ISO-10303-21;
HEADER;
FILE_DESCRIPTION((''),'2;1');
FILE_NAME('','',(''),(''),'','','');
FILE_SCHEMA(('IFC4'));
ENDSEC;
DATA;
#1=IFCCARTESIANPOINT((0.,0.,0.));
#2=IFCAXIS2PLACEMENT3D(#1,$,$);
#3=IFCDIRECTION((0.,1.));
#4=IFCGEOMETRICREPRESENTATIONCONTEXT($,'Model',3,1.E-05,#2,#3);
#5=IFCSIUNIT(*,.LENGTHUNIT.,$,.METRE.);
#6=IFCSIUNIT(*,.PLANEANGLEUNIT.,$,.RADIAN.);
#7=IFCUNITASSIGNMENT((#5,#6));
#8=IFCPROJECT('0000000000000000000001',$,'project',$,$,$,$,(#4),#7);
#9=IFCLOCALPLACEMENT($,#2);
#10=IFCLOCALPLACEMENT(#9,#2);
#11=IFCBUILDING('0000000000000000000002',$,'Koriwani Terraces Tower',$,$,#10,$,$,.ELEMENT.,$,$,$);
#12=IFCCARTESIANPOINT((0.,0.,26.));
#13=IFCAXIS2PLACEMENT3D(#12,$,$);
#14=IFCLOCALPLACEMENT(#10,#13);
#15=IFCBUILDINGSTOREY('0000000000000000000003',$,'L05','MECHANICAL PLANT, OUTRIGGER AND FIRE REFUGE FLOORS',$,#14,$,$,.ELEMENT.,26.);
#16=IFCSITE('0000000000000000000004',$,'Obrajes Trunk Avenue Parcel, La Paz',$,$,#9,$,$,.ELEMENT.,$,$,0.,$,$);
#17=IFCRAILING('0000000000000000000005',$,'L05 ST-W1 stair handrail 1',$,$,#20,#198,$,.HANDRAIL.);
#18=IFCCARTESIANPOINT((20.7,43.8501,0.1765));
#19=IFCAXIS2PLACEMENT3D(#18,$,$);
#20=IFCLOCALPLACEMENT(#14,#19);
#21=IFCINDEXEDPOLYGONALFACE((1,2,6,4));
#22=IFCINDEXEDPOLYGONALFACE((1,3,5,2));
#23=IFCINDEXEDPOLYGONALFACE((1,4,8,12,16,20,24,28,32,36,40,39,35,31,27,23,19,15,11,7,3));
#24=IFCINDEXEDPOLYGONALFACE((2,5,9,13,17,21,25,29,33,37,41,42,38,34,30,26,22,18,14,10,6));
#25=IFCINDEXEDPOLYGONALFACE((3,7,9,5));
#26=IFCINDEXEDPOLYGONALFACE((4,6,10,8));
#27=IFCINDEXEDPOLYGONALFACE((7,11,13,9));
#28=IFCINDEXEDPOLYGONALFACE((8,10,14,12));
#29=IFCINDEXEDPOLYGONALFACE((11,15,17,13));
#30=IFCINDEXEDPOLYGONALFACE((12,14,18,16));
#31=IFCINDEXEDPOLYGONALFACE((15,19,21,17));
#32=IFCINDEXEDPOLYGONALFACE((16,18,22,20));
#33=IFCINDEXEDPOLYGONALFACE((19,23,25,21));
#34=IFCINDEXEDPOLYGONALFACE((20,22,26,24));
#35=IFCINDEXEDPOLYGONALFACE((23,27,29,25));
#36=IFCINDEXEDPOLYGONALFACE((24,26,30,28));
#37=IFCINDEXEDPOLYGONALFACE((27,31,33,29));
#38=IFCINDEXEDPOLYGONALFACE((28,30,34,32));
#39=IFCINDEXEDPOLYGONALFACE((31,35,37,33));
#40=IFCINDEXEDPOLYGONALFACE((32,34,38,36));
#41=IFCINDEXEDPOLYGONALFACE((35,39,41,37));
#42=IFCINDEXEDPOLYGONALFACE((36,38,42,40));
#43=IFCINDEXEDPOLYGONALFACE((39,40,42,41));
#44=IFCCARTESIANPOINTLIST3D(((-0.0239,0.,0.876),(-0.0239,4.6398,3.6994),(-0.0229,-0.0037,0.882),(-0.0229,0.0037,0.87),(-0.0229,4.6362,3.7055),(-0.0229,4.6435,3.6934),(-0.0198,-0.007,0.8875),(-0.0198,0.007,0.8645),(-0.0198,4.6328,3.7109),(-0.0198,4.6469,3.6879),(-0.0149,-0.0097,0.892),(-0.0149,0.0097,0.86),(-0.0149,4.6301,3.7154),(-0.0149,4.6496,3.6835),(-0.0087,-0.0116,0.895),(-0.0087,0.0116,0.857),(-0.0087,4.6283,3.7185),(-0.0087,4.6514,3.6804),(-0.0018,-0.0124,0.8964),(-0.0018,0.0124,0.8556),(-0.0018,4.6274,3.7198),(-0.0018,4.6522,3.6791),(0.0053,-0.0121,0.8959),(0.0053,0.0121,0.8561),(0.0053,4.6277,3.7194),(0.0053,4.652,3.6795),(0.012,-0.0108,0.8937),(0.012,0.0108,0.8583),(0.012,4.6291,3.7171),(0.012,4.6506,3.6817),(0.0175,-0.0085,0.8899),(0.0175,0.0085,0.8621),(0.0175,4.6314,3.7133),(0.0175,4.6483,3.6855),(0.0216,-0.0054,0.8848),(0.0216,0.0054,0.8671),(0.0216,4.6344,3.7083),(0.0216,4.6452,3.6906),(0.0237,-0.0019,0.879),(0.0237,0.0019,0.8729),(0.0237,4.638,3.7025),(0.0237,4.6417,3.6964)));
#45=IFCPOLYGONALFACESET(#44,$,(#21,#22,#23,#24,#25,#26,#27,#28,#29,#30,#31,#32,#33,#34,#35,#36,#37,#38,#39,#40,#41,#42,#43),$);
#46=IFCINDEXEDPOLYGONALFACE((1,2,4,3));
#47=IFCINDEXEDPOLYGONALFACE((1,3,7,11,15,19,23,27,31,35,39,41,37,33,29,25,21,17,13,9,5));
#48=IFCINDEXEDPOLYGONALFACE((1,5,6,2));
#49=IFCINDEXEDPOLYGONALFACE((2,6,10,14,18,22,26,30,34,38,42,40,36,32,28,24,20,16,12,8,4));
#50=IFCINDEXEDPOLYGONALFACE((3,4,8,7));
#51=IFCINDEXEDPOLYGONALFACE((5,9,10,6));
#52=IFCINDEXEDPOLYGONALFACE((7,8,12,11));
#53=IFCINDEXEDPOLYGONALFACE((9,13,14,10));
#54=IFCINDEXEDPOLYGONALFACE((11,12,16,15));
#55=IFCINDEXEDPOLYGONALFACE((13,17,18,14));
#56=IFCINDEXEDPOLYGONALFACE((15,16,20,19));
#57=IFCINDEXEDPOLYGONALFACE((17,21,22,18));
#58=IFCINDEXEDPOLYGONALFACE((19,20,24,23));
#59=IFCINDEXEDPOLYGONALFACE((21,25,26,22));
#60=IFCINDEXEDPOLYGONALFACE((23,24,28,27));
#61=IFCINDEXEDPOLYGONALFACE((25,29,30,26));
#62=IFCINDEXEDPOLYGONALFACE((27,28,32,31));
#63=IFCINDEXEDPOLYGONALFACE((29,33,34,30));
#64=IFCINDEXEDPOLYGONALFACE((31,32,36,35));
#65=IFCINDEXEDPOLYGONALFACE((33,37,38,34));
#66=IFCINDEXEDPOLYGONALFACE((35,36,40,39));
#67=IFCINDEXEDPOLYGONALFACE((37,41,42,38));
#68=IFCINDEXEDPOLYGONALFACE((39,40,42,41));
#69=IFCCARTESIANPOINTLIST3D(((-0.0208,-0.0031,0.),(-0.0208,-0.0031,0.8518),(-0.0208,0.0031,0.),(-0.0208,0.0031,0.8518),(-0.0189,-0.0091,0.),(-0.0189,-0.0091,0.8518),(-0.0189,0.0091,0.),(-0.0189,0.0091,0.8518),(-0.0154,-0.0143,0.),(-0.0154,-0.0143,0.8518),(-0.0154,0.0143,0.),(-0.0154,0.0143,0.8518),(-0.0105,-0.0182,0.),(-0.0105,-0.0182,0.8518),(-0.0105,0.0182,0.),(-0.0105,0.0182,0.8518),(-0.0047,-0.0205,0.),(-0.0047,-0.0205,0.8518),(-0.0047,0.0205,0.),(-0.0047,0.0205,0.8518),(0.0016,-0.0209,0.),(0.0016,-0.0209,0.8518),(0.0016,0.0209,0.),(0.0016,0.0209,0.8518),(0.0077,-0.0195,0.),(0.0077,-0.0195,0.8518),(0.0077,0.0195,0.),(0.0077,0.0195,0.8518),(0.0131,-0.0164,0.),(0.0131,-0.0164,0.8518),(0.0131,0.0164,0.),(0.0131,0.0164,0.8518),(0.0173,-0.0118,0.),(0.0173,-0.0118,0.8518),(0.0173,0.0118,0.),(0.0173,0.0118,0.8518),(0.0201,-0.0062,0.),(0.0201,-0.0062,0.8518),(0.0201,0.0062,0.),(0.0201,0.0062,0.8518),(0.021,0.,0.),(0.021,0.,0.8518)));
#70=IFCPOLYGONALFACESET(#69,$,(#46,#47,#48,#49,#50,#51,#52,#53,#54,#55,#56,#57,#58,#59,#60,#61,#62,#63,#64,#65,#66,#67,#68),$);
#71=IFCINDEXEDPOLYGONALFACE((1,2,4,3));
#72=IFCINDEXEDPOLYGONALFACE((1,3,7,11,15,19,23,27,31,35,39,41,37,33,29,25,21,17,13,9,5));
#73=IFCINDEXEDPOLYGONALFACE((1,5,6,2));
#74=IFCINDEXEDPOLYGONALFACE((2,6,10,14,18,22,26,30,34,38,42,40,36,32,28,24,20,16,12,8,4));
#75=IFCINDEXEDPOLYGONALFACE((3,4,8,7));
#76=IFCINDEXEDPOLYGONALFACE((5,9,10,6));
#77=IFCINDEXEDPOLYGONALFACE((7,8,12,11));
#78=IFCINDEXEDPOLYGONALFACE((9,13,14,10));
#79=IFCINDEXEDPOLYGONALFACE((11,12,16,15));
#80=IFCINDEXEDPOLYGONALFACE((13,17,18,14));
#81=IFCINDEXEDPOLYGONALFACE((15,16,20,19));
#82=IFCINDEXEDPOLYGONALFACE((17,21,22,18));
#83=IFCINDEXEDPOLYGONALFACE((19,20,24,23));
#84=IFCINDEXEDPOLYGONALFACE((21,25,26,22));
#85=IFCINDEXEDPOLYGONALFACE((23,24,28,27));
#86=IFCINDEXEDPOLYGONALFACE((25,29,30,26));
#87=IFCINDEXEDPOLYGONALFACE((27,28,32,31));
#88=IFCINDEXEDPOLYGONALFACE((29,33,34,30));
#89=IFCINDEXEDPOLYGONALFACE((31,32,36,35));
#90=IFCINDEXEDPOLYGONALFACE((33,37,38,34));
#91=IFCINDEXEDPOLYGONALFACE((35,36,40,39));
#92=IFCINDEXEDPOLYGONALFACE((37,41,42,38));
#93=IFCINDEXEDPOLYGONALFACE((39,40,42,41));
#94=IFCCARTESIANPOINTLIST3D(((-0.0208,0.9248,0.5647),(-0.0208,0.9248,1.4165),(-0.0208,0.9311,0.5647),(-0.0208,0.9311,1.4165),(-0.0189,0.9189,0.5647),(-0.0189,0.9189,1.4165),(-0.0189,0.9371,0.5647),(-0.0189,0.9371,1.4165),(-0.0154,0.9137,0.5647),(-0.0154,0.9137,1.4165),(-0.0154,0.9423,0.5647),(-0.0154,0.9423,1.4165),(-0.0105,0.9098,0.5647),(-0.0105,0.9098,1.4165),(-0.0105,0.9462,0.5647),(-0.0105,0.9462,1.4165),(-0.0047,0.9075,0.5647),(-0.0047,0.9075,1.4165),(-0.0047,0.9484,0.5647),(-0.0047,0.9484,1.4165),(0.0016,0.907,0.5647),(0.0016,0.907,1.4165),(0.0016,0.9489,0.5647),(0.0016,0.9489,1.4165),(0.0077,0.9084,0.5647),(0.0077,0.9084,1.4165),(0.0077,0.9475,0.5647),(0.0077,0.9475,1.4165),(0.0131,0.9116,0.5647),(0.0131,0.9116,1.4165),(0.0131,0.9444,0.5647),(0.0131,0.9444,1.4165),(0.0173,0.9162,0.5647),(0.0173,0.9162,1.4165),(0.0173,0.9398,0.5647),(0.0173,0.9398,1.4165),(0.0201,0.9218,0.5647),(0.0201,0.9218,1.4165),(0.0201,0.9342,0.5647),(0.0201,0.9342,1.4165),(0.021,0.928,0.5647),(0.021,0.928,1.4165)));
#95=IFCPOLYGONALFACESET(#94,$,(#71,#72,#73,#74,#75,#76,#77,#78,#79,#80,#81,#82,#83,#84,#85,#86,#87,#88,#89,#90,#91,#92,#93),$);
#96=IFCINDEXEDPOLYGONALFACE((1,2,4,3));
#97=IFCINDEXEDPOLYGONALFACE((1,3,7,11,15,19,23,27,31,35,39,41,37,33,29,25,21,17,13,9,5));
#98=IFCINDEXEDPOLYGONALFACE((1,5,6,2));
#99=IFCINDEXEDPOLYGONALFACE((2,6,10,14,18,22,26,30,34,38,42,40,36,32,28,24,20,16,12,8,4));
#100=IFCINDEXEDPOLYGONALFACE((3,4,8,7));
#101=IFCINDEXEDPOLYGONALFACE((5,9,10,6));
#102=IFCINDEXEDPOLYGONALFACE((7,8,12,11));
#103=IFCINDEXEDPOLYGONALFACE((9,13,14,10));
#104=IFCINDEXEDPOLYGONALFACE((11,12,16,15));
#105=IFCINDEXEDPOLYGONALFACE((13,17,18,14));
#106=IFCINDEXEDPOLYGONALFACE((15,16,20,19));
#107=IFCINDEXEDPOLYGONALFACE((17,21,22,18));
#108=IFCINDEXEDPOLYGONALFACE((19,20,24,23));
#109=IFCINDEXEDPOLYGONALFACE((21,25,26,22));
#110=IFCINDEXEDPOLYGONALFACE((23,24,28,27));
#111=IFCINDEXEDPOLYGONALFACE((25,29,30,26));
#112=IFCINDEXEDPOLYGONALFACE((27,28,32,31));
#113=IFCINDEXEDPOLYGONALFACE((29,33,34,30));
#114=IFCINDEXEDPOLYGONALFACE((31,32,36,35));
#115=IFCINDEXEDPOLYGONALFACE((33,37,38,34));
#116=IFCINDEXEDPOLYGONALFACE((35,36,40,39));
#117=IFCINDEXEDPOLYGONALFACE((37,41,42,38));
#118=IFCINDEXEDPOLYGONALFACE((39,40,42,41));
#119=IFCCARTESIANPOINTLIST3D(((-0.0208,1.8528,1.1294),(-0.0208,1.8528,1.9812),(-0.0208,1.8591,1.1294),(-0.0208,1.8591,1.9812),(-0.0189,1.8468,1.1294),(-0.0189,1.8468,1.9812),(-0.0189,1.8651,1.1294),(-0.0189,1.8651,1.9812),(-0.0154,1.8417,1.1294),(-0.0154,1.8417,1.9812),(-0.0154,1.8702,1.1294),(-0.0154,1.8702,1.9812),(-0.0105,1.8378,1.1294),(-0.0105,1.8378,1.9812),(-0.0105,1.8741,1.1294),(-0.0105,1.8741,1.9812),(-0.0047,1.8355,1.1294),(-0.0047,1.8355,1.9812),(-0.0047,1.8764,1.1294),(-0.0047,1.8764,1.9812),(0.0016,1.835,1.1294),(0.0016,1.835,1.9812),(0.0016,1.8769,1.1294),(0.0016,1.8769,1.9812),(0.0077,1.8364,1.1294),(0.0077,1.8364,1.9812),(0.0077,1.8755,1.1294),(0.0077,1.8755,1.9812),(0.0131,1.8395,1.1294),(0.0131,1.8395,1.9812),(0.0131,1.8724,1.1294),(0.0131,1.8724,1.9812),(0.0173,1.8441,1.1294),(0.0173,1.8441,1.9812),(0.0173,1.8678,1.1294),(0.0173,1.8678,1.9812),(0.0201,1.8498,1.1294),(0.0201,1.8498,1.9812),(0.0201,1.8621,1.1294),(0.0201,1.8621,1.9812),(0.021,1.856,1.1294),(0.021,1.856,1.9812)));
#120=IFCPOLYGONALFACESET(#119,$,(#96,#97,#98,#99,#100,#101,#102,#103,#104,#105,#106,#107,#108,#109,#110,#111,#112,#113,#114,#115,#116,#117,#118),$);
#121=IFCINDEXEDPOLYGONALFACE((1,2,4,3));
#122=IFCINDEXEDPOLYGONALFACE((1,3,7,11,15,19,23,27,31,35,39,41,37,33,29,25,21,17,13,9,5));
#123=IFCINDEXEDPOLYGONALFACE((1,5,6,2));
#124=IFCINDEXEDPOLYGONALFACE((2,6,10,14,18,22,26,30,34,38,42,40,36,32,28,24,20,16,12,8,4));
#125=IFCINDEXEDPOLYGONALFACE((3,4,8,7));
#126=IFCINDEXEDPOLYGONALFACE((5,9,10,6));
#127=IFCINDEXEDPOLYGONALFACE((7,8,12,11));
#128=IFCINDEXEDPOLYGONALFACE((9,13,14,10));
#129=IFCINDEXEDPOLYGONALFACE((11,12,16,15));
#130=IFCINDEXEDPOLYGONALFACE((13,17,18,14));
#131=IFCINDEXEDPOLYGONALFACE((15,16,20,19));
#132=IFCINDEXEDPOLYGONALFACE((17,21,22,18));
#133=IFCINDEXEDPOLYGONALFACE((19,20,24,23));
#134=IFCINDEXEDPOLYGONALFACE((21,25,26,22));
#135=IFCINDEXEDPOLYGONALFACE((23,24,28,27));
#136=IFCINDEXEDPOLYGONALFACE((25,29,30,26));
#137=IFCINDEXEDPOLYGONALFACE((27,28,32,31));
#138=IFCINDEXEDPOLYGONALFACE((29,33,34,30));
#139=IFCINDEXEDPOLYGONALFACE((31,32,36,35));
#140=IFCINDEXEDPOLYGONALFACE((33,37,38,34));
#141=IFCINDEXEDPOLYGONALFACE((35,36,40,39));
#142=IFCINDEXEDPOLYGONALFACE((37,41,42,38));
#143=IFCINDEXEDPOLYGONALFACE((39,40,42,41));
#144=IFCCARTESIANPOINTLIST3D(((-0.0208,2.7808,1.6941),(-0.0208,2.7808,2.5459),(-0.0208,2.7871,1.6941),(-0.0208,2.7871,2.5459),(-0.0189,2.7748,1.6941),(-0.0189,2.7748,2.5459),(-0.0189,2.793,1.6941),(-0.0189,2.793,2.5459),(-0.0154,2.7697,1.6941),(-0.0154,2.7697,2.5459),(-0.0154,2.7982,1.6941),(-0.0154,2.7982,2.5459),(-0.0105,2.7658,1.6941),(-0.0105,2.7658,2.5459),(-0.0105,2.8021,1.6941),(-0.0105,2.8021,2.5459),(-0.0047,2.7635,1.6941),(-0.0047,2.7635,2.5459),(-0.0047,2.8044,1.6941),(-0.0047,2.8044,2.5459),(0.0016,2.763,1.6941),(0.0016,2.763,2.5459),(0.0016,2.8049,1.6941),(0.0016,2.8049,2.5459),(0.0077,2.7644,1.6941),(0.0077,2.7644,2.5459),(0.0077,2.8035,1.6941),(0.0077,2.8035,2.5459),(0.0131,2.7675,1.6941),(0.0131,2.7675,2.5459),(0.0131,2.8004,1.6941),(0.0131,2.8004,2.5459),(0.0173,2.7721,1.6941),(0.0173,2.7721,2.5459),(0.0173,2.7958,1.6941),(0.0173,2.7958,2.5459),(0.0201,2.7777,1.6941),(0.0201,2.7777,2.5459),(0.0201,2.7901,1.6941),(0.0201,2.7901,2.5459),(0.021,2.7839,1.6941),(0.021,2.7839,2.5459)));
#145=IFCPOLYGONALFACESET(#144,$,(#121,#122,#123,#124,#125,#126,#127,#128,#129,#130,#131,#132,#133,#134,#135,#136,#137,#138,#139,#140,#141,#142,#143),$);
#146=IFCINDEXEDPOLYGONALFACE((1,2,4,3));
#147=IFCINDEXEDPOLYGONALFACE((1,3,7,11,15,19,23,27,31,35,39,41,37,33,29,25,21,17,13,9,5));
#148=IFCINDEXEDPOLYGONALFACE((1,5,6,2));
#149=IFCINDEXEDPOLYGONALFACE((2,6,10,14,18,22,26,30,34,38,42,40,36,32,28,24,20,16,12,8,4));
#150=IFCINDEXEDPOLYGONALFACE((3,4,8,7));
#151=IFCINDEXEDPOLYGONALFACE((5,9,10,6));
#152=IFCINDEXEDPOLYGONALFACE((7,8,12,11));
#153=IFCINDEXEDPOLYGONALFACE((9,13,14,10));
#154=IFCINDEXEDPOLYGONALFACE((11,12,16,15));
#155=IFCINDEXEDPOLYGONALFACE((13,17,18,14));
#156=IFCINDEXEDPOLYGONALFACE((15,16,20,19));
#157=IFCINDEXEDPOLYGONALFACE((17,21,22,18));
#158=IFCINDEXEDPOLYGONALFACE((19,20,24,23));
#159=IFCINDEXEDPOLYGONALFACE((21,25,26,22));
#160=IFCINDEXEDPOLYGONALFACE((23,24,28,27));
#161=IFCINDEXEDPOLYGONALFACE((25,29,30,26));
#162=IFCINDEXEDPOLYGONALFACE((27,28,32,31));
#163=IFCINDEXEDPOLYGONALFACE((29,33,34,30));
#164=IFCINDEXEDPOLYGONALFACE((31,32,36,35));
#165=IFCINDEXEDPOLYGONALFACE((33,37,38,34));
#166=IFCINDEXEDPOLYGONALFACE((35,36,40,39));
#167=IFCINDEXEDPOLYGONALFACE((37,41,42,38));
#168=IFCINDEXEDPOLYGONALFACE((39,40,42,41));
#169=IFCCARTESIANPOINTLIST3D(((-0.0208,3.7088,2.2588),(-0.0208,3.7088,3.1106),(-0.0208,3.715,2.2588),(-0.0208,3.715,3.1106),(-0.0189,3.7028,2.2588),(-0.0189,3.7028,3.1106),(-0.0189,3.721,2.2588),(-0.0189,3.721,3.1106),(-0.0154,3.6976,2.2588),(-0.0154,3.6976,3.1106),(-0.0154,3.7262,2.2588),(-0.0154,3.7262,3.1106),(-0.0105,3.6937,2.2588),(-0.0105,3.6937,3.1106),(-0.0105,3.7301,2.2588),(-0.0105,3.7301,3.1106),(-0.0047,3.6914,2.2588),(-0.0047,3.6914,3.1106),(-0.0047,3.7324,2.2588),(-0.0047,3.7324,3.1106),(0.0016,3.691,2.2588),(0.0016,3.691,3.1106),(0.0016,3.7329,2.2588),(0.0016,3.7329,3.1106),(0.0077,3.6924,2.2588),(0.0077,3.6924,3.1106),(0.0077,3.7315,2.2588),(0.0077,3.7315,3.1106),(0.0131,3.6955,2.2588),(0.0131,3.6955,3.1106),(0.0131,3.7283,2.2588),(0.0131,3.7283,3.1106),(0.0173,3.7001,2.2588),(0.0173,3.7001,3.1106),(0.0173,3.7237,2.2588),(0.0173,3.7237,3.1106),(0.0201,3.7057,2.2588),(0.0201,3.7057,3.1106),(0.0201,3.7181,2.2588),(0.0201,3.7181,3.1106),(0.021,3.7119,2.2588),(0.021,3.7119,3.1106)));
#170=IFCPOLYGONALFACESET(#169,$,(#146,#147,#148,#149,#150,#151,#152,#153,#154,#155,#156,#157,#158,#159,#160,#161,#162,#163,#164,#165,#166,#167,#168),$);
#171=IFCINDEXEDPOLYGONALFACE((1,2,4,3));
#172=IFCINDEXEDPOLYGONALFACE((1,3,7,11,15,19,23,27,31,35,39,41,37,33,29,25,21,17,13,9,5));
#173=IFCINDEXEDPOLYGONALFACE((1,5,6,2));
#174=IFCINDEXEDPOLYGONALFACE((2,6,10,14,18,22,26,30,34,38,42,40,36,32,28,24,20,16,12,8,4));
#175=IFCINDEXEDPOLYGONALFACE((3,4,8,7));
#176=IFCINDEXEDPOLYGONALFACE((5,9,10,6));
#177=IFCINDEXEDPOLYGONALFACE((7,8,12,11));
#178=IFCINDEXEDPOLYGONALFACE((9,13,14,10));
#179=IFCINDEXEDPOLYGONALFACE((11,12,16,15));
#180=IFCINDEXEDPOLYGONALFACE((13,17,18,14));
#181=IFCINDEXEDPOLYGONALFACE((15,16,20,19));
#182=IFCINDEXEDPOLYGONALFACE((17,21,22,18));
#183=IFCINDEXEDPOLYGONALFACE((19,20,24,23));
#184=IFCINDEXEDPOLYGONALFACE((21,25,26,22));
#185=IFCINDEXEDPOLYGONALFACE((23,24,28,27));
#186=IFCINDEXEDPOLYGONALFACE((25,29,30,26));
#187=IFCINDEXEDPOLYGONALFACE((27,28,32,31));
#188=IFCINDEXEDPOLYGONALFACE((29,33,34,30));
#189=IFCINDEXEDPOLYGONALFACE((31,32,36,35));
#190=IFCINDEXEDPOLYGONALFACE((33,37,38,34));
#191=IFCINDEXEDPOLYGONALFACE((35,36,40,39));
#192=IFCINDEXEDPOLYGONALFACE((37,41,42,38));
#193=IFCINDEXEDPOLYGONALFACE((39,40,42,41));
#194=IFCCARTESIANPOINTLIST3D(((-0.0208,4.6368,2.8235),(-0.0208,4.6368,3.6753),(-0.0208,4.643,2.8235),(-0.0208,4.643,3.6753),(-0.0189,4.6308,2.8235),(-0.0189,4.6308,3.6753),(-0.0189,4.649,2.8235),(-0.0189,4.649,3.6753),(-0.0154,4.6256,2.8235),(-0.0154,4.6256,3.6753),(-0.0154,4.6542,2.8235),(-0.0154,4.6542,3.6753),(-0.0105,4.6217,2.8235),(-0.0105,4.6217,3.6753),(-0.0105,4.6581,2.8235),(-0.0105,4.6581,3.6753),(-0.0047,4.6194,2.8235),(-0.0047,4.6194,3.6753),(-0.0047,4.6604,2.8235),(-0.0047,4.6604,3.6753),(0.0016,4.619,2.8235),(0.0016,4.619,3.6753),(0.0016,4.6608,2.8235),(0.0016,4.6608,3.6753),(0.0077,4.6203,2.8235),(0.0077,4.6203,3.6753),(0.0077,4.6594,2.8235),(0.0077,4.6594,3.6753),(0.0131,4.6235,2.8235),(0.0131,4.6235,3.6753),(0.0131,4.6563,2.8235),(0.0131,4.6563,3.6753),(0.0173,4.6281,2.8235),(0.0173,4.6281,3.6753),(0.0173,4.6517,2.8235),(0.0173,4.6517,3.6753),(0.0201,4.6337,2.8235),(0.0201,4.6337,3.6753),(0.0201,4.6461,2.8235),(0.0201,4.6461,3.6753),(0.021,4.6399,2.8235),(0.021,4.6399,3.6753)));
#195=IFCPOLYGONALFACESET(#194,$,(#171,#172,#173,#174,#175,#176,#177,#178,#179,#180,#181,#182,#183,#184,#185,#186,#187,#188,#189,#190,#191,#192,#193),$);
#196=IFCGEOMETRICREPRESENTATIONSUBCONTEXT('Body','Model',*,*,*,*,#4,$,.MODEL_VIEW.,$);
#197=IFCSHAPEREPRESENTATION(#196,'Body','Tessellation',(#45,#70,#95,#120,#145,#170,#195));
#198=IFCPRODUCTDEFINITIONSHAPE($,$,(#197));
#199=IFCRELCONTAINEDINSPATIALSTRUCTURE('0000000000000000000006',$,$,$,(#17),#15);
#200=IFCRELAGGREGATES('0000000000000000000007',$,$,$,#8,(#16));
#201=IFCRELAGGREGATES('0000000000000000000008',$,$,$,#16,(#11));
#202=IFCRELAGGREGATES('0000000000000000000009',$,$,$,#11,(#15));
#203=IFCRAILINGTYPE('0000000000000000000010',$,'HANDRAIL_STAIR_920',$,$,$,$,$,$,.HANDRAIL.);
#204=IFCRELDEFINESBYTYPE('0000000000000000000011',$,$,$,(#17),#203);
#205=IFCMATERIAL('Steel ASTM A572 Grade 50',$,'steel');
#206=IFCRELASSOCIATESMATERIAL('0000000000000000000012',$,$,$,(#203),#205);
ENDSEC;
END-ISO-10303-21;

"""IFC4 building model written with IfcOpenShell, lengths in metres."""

from ifc_helpers import new_model, si_unit, direction, frame, origin, origin_2d, place, context, subcontext, project, spatial, circle, extrude, material, type_object, element, save


model = new_model("IFC4")

# Units and contexts
model_context = context("Model", 3, precision=1e-05, world=origin(), true_north=direction((0.0, 1.0)))
body_context = subcontext(model_context, "Body", "Model", "MODEL_VIEW")
ifc_project = project(units=[si_unit("LENGTHUNIT", "METRE"), si_unit("PLANEANGLEUNIT", "RADIAN")], contexts=[model_context])

# Site, building, storey
site_placement = place(None, origin())
site = spatial("IfcSite", under=ifc_project, at=site_placement, Name="Obrajes Trunk Avenue Parcel, La Paz", CompositionType="ELEMENT", RefElevation=0.0)
building_placement = place(site_placement, origin())
building = spatial("IfcBuilding", under=site, at=building_placement, Name="Koriwani Terraces Tower", CompositionType="ELEMENT")
storey_placement = place(building_placement, frame((0.0, 0.0, 26.0)))
storey = spatial("IfcBuildingStorey", under=building, at=storey_placement, Name="L05", Description="MECHANICAL PLANT, OUTRIGGER AND FIRE REFUGE FLOORS", CompositionType="ELEMENT", Elevation=26.0)

# Shared definitions
ifc_material_1 = material(Name="Steel ASTM A572 Grade 50", Category="steel")

# Railing
railing_type_1 = type_object("IfcRailingType", Name="HANDRAIL_STAIR_920", PredefinedType="HANDRAIL", material=ifc_material_1)
railing_1_placement = place(storey_placement, frame((20.7, 43.8501, 0.1765)))
element("IfcRailing", 1, at=railing_1_placement, inside=storey, type_object=railing_type_1, Name="L05 ST-W1 stair handrail 1", PredefinedType="HANDRAIL", context=body_context, shape_type="SweptSolid", body=[
    extrude(circle(Radius=0.0239, at=origin_2d()), frame((0.0, 0.0, 0.876), z_axis=(0.0, 0.854264, 0.51984), x_axis=(-1.0, 0.0, 0.0)), (0.0, 0.0, 1.0), 5.4314),
    extrude(circle(Radius=0.021, at=origin_2d()), origin(), (0.0, 0.0, 1.0), 0.8518),
    extrude(circle(Radius=0.021, at=origin_2d()), frame((0.0, 0.928, 0.5647)), (0.0, 0.0, 1.0), 0.8518),
    extrude(circle(Radius=0.021, at=origin_2d()), frame((0.0, 1.856, 1.1294)), (0.0, 0.0, 1.0), 0.8518),
    extrude(circle(Radius=0.021, at=origin_2d()), frame((0.0, 2.7839, 1.6941)), (0.0, 0.0, 1.0), 0.8518),
    extrude(circle(Radius=0.021, at=origin_2d()), frame((0.0, 3.7119, 2.2588)), (0.0, 0.0, 1.0), 0.8518),
    extrude(circle(Radius=0.021, at=origin_2d()), frame((0.0, 4.6399, 2.8235)), (0.0, 0.0, 1.0), 0.8518),
])

save(model, "model.ifc")
